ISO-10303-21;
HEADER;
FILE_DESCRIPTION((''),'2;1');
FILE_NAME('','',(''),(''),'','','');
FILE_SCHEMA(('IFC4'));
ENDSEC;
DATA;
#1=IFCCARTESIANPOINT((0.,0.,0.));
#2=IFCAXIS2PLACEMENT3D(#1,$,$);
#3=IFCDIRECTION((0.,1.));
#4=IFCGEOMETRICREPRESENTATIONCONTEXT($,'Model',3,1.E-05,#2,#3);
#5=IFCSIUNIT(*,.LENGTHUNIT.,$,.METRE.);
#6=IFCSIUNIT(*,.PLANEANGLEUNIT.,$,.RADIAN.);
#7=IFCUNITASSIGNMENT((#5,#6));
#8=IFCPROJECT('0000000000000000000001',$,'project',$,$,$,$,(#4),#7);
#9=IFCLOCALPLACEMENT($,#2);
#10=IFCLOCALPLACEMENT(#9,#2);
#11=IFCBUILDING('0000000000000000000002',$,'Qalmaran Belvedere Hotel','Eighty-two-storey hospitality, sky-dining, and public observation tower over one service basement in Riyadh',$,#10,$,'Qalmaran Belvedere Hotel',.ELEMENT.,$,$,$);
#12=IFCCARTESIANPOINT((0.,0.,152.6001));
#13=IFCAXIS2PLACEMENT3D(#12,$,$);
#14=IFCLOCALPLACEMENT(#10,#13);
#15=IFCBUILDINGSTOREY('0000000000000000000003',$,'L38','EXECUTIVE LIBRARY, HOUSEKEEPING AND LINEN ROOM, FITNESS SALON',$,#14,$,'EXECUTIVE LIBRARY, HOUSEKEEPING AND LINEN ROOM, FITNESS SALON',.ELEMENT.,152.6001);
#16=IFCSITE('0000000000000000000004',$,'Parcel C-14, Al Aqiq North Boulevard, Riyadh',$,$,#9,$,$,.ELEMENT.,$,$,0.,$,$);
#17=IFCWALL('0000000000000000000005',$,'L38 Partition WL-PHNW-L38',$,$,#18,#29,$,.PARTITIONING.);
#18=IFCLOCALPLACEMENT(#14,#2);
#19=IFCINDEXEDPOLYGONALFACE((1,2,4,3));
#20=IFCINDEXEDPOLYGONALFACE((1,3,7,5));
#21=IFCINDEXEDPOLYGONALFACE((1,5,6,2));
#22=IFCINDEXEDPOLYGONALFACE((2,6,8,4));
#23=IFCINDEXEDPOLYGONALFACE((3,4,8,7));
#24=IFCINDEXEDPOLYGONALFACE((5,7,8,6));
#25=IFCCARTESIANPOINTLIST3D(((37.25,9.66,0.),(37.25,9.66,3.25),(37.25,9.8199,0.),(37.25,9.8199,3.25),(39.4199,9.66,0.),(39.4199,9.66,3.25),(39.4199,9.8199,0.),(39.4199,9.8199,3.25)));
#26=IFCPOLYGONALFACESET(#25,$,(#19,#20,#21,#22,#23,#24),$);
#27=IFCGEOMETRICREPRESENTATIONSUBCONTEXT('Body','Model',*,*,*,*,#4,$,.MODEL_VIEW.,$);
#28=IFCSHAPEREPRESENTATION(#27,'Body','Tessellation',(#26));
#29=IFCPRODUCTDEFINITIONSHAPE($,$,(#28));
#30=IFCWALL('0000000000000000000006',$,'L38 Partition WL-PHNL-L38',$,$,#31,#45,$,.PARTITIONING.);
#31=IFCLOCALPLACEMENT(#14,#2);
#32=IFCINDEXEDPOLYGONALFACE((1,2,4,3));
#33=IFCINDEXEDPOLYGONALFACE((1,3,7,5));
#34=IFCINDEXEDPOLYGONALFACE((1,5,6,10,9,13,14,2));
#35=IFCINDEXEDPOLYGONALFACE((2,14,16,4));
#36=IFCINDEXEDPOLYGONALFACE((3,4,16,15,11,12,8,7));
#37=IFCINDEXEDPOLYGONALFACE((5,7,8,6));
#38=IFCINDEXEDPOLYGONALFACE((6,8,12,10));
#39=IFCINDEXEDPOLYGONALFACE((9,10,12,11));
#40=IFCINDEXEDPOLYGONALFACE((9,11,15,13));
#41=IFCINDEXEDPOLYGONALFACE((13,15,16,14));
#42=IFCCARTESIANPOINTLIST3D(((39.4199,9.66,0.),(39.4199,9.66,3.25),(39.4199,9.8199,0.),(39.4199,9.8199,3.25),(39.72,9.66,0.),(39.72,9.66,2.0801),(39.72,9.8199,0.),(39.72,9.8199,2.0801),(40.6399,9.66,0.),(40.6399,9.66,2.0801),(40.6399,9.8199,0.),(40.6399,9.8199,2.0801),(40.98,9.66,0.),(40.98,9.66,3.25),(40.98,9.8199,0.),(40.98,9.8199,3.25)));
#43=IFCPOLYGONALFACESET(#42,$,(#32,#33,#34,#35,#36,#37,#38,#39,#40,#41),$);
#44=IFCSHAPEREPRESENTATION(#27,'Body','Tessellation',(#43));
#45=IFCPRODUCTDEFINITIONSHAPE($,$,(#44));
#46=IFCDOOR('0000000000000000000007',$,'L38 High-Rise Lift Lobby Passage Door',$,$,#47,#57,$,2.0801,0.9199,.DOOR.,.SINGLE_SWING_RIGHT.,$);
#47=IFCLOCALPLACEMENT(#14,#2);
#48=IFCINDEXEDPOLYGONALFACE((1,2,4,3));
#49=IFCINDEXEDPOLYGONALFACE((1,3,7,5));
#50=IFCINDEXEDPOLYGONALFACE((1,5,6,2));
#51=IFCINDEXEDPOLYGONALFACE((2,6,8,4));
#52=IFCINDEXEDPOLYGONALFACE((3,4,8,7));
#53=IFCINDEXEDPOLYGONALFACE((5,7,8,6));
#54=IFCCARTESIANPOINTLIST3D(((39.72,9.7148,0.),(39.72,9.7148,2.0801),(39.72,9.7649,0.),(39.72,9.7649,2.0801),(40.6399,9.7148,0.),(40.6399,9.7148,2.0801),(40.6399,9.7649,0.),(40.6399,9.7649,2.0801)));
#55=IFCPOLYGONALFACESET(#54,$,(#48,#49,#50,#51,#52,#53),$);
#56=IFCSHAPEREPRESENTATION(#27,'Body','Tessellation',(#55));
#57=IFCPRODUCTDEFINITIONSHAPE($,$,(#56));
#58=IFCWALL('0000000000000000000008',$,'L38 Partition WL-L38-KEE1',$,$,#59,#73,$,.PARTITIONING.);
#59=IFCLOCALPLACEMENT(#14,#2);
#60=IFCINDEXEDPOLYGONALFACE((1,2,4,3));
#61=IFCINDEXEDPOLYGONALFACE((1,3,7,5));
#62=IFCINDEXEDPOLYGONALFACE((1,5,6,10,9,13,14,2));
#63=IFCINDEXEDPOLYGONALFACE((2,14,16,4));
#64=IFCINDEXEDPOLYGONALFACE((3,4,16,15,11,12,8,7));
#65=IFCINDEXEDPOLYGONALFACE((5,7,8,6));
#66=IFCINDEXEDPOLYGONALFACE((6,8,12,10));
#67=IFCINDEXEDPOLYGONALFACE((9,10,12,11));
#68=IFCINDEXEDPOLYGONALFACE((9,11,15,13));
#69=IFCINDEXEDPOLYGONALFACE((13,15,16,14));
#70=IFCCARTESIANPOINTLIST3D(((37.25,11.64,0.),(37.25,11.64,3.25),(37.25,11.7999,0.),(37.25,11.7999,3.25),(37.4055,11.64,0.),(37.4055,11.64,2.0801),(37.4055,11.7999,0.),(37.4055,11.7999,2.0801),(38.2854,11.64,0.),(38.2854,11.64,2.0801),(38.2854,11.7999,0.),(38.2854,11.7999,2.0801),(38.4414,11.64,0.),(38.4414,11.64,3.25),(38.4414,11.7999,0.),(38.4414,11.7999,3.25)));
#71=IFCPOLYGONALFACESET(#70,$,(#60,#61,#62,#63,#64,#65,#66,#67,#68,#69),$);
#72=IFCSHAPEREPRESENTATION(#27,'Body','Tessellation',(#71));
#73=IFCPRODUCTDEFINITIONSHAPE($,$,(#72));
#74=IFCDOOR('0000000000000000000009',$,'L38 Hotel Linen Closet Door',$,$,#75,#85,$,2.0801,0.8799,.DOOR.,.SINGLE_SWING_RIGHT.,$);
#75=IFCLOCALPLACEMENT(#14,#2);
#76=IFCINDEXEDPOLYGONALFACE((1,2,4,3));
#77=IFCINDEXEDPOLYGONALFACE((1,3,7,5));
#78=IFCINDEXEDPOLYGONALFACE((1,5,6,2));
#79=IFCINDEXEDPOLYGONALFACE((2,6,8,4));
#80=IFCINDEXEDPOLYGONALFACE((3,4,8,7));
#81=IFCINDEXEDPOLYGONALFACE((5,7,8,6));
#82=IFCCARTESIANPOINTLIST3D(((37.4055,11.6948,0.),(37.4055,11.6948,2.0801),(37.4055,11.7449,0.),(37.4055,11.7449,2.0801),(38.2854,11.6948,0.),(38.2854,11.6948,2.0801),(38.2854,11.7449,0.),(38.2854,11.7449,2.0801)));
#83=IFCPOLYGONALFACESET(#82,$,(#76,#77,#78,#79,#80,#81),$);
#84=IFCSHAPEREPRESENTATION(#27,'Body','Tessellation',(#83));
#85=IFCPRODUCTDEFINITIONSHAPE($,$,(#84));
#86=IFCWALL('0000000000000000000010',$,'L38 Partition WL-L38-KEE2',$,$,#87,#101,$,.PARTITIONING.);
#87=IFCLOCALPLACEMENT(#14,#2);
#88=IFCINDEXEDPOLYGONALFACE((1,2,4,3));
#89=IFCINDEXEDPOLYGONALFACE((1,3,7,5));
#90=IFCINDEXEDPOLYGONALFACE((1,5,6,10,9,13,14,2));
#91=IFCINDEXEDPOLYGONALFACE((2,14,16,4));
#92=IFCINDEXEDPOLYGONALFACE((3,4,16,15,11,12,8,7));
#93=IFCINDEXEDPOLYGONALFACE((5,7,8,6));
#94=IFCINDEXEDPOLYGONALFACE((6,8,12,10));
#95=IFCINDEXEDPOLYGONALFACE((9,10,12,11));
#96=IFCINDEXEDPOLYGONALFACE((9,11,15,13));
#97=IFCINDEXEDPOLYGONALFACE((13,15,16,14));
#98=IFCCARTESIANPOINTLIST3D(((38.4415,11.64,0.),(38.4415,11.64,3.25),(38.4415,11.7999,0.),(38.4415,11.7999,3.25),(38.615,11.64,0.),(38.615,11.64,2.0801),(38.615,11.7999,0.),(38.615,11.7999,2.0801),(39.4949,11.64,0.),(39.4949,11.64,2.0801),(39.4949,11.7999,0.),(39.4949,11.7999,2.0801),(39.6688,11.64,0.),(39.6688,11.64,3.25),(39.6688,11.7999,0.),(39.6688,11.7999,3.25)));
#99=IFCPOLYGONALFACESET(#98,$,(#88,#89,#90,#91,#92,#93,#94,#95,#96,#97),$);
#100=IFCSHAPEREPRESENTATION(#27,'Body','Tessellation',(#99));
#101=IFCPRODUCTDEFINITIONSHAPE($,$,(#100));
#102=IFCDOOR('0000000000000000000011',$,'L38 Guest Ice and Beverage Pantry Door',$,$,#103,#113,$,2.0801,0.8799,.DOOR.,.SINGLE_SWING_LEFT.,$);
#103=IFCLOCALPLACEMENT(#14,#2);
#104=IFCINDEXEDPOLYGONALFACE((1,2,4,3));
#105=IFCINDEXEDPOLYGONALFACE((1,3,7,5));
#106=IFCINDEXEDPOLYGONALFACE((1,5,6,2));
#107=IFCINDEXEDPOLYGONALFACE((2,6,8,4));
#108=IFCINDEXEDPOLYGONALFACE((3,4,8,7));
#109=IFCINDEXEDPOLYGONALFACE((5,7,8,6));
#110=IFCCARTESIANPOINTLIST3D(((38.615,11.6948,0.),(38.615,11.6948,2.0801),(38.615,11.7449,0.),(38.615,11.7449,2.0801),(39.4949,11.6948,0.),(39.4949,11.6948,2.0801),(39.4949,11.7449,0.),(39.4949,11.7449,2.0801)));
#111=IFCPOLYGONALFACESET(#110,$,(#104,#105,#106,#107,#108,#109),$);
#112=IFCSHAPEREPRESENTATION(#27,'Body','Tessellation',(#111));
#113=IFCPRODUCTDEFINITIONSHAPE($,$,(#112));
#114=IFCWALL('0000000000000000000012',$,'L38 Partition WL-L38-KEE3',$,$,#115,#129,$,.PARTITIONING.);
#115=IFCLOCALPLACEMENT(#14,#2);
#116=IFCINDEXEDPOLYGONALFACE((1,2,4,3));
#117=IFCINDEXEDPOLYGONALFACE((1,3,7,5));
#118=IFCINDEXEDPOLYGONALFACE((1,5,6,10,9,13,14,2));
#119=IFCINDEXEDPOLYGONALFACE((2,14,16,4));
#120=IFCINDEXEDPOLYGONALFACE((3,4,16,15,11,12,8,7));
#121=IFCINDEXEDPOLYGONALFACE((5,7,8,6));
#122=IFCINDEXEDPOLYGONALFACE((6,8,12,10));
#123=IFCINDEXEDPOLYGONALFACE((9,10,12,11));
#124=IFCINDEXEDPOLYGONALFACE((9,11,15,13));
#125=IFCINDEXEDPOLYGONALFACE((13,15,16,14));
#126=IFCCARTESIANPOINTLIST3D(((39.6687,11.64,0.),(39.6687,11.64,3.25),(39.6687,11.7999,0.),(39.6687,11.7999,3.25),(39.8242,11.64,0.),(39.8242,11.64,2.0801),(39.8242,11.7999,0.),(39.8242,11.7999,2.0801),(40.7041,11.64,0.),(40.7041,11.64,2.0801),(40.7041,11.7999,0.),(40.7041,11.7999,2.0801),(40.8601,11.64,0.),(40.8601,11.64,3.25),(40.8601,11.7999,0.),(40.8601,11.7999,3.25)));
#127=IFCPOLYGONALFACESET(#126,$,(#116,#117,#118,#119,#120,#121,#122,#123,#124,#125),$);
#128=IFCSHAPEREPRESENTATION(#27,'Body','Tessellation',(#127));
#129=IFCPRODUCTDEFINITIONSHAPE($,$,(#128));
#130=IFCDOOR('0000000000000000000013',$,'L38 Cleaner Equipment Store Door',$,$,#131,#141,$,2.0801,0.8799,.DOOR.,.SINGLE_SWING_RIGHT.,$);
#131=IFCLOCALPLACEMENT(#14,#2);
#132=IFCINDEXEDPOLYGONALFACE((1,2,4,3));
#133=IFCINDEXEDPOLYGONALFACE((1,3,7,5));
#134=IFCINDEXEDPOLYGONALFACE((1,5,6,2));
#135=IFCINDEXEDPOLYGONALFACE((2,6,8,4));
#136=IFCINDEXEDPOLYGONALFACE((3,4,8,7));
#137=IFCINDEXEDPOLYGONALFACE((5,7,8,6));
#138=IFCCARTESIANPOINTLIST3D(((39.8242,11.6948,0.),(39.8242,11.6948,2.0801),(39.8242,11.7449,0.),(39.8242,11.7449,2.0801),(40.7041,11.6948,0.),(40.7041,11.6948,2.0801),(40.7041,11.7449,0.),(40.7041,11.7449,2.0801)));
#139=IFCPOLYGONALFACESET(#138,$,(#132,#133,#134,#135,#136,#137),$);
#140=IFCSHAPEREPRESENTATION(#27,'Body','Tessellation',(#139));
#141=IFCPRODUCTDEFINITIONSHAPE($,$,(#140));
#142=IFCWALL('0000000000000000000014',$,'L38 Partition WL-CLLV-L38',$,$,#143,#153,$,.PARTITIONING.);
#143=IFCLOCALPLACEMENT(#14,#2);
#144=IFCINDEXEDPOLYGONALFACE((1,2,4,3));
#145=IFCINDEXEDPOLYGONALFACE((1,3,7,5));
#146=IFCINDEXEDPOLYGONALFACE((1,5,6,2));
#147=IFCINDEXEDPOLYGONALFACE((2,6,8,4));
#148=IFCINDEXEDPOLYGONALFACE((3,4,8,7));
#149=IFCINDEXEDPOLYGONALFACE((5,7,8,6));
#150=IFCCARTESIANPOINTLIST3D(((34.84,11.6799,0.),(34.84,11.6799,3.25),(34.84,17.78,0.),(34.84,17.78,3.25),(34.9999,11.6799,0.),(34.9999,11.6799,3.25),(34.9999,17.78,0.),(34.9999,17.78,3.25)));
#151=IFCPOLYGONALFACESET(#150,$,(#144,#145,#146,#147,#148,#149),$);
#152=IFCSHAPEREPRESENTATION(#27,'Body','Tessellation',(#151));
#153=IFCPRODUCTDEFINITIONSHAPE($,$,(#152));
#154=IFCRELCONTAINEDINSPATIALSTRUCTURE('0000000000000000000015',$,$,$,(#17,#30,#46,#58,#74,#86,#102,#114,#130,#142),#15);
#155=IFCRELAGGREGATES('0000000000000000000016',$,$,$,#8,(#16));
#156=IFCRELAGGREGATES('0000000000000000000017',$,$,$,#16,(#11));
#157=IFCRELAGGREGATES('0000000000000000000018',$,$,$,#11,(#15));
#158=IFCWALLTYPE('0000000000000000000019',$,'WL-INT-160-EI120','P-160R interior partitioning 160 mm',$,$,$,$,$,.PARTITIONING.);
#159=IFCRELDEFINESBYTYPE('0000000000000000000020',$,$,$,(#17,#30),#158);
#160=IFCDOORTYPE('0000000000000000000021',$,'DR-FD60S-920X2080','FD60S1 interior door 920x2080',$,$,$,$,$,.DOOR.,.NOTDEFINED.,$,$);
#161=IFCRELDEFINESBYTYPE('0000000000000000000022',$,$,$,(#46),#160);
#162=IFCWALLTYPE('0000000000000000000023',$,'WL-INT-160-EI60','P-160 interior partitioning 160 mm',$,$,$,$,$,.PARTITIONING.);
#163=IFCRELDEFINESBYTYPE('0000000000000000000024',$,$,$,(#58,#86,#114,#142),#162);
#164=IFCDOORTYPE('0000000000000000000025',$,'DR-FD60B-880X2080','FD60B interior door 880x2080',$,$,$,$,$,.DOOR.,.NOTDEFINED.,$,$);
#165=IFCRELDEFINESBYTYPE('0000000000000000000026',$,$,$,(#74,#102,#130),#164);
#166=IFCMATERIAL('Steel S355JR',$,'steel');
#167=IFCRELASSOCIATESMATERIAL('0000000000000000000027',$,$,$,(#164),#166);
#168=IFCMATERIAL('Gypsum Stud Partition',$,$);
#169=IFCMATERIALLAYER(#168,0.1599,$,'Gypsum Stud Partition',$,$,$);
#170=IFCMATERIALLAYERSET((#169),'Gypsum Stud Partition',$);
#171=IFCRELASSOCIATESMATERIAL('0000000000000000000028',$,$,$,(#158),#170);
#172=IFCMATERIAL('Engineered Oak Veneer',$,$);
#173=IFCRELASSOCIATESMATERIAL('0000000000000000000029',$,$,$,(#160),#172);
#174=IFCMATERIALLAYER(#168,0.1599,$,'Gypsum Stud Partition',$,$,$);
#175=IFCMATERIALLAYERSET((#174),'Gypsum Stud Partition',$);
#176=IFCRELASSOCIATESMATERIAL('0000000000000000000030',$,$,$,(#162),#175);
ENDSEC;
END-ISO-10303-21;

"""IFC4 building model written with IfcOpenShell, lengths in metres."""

from ifc_helpers import new_model, si_unit, direction, frame, frame_2d, origin, place, context, subcontext, project, spatial, rectangle, extrude, material, layer, layer_set, type_object, element, fill, save


model = new_model("IFC4")

# Units and contexts
model_context = context("Model", 3, precision=1e-05, world=origin(), true_north=direction((0.0, 1.0)))
body_context = subcontext(model_context, "Body", "Model", "MODEL_VIEW")
ifc_project = project(units=[si_unit("LENGTHUNIT", "METRE"), si_unit("PLANEANGLEUNIT", "RADIAN")], contexts=[model_context])

# Site, building, storey
site_placement = place(None, origin())
site = spatial("IfcSite", under=ifc_project, at=site_placement, Name="Parcel C-14, Al Aqiq North Boulevard, Riyadh", CompositionType="ELEMENT", RefElevation=0.0)
building_placement = place(site_placement, origin())
building = spatial("IfcBuilding", under=site, at=building_placement, Name="Qalmaran Belvedere Hotel", Description="Eighty-two-storey hospitality, sky-dining, and public observation tower over one service basement in Riyadh", LongName="Qalmaran Belvedere Hotel", CompositionType="ELEMENT")
storey_placement = place(building_placement, frame((0.0, 0.0, 152.6001)))
storey = spatial("IfcBuildingStorey", under=building, at=storey_placement, Name="L38", Description="EXECUTIVE LIBRARY, HOUSEKEEPING AND LINEN ROOM, FITNESS SALON", LongName="EXECUTIVE LIBRARY, HOUSEKEEPING AND LINEN ROOM, FITNESS SALON", CompositionType="ELEMENT", Elevation=152.6001)

# Shared definitions
ifc_material_1 = material(Name="Steel S355JR", Category="steel")

# Shared definitions
ifc_material_2 = material(Name="Gypsum Stud Partition")

# Shared definitions
door_type_1 = type_object("IfcDoorType", Name="DR-FD60B-880X2080", Description="FD60B interior door 880x2080", OperationType="NOTDEFINED", PredefinedType="DOOR", material=ifc_material_1)

# Shared definitions
ifc_layer_1 = layer(ifc_material_2, 0.1599, Name="Gypsum Stud Partition")
ifc_layer_set_1 = layer_set([ifc_layer_1], Name="Gypsum Stud Partition")
wall_type_1 = type_object("IfcWallType", Name="WL-INT-160-EI120", Description="P-160R interior partitioning 160 mm", PredefinedType="PARTITIONING", material=ifc_layer_set_1)

# Wall
wall_1_placement = place(storey_placement, frame((37.25, 9.74, 0.0), z_axis=(0.0, 0.0, 1.0), x_axis=(1.0, 0.0, 0.0)))
element("IfcWall", 1, at=wall_1_placement, inside=storey, type_object=wall_type_1, Name="L38 Partition WL-PHNW-L38", PredefinedType="PARTITIONING", context=body_context, shape_type="SweptSolid", body=[
    extrude(rectangle(XDim=2.1699, YDim=0.1599, at=frame_2d((1.085, 0.0))), origin(), (0.0, 0.0, 1.0), 3.25),
])

# Walls, openings, doors
wall_2_placement = place(storey_placement, frame((39.4199, 9.74, 0.0), z_axis=(0.0, 0.0, 1.0), x_axis=(1.0, 0.0, 0.0)))
wall_2 = element("IfcWall", 2, at=wall_2_placement, inside=storey, type_object=wall_type_1, Name="L38 Partition WL-PHNL-L38", PredefinedType="PARTITIONING", context=body_context, shape_type="SweptSolid", body=[
    extrude(rectangle(XDim=1.5601, YDim=0.1599, at=frame_2d((0.78, 0.0))), origin(), (0.0, 0.0, 1.0), 3.25),
])
opening_1_placement = place(wall_2_placement, frame((0.3, 0.0, 0.0)))
opening_1 = element("IfcOpeningElement", 3, at=opening_1_placement, cuts=wall_2, PredefinedType="OPENING", context=body_context, shape_type="SweptSolid", body=[
    extrude(rectangle(XDim=0.9199, YDim=2.0801, at=frame_2d((0.46, 1.04))), frame((0.0, 0.0898, 0.0), z_axis=(0.0, -1.0, 0.0), x_axis=(1.0, 0.0, 0.0)), (0.0, 0.0, 1.0), 0.1799),
])
ifc_material_3 = material(Name="Engineered Oak Veneer")
door_type_2 = type_object("IfcDoorType", Name="DR-FD60S-920X2080", Description="FD60S1 interior door 920x2080", OperationType="NOTDEFINED", PredefinedType="DOOR", material=ifc_material_3)
door_1_placement = place(opening_1_placement, origin())
door_1 = element("IfcDoor", 4, at=door_1_placement, inside=storey, type_object=door_type_2, Name="L38 High-Rise Lift Lobby Passage Door", OperationType="SINGLE_SWING_RIGHT", OverallHeight=2.0801, OverallWidth=0.9199, PredefinedType="DOOR", context=body_context, shape_type="SweptSolid", body=[
    extrude(rectangle(XDim=0.9199, YDim=2.0801, at=frame_2d((0.46, 1.04))), frame((0.0, 0.0249, 0.0), z_axis=(0.0, -1.0, 0.0), x_axis=(1.0, 0.0, 0.0)), (0.0, 0.0, 1.0), 0.05),
])
fill(opening_1, door_1)
ifc_layer_2 = layer(ifc_material_2, 0.1599, Name="Gypsum Stud Partition")
ifc_layer_set_2 = layer_set([ifc_layer_2], Name="Gypsum Stud Partition")
wall_type_2 = type_object("IfcWallType", Name="WL-INT-160-EI60", Description="P-160 interior partitioning 160 mm", PredefinedType="PARTITIONING", material=ifc_layer_set_2)
wall_3_placement = place(storey_placement, frame((37.25, 11.72, 0.0), z_axis=(0.0, 0.0, 1.0), x_axis=(1.0, 0.0, 0.0)))
wall_3 = element("IfcWall", 5, at=wall_3_placement, inside=storey, type_object=wall_type_2, Name="L38 Partition WL-L38-KEE1", PredefinedType="PARTITIONING", context=body_context, shape_type="SweptSolid", body=[
    extrude(rectangle(XDim=1.1914, YDim=0.1599, at=frame_2d((0.5957, 0.0))), origin(), (0.0, 0.0, 1.0), 3.25),
])
opening_2_placement = place(wall_3_placement, frame((0.1555, 0.0, 0.0)))
opening_2 = element("IfcOpeningElement", 6, at=opening_2_placement, cuts=wall_3, PredefinedType="OPENING", context=body_context, shape_type="SweptSolid", body=[
    extrude(rectangle(XDim=0.8799, YDim=2.0801, at=frame_2d((0.4399, 1.04))), frame((0.0, 0.0898, 0.0), z_axis=(0.0, -1.0, 0.0), x_axis=(1.0, 0.0, 0.0)), (0.0, 0.0, 1.0), 0.1799),
])
door_2_placement = place(opening_2_placement, origin())
door_2 = element("IfcDoor", 7, at=door_2_placement, inside=storey, type_object=door_type_1, Name="L38 Hotel Linen Closet Door", OperationType="SINGLE_SWING_RIGHT", OverallHeight=2.0801, OverallWidth=0.8799, PredefinedType="DOOR", context=body_context, shape_type="SweptSolid", body=[
    extrude(rectangle(XDim=0.8799, YDim=2.0801, at=frame_2d((0.4399, 1.04))), frame((0.0, 0.0249, 0.0), z_axis=(0.0, -1.0, 0.0), x_axis=(1.0, 0.0, 0.0)), (0.0, 0.0, 1.0), 0.05),
])
fill(opening_2, door_2)
wall_4_placement = place(storey_placement, frame((38.4414, 11.72, 0.0), z_axis=(0.0, 0.0, 1.0), x_axis=(1.0, 0.0, 0.0)))
wall_4 = element("IfcWall", 8, at=wall_4_placement, inside=storey, type_object=wall_type_2, Name="L38 Partition WL-L38-KEE2", PredefinedType="PARTITIONING", context=body_context, shape_type="SweptSolid", body=[
    extrude(rectangle(XDim=1.2273, YDim=0.1599, at=frame_2d((0.6138, 0.0))), origin(), (0.0, 0.0, 1.0), 3.25),
])
opening_3_placement = place(wall_4_placement, frame((0.1736, 0.0, 0.0)))
opening_3 = element("IfcOpeningElement", 9, at=opening_3_placement, cuts=wall_4, PredefinedType="OPENING", context=body_context, shape_type="SweptSolid", body=[
    extrude(rectangle(XDim=0.8799, YDim=2.0801, at=frame_2d((0.4399, 1.04))), frame((0.0, 0.0898, 0.0), z_axis=(0.0, -1.0, 0.0), x_axis=(1.0, 0.0, 0.0)), (0.0, 0.0, 1.0), 0.1799),
])
door_3_placement = place(opening_3_placement, origin())
door_3 = element("IfcDoor", 10, at=door_3_placement, inside=storey, type_object=door_type_1, Name="L38 Guest Ice and Beverage Pantry Door", OperationType="SINGLE_SWING_LEFT", OverallHeight=2.0801, OverallWidth=0.8799, PredefinedType="DOOR", context=body_context, shape_type="SweptSolid", body=[
    extrude(rectangle(XDim=0.8799, YDim=2.0801, at=frame_2d((0.4399, 1.04))), frame((0.0, 0.0249, 0.0), z_axis=(0.0, -1.0, 0.0), x_axis=(1.0, 0.0, 0.0)), (0.0, 0.0, 1.0), 0.05),
])
fill(opening_3, door_3)
wall_5_placement = place(storey_placement, frame((39.6687, 11.72, 0.0), z_axis=(0.0, 0.0, 1.0), x_axis=(1.0, 0.0, 0.0)))
wall_5 = element("IfcWall", 11, at=wall_5_placement, inside=storey, type_object=wall_type_2, Name="L38 Partition WL-L38-KEE3", PredefinedType="PARTITIONING", context=body_context, shape_type="SweptSolid", body=[
    extrude(rectangle(XDim=1.1914, YDim=0.1599, at=frame_2d((0.5957, 0.0))), origin(), (0.0, 0.0, 1.0), 3.25),
])
opening_4_placement = place(wall_5_placement, frame((0.1555, 0.0, 0.0)))
opening_4 = element("IfcOpeningElement", 12, at=opening_4_placement, cuts=wall_5, PredefinedType="OPENING", context=body_context, shape_type="SweptSolid", body=[
    extrude(rectangle(XDim=0.8799, YDim=2.0801, at=frame_2d((0.4399, 1.04))), frame((0.0, 0.0898, 0.0), z_axis=(0.0, -1.0, 0.0), x_axis=(1.0, 0.0, 0.0)), (0.0, 0.0, 1.0), 0.1799),
])
door_4_placement = place(opening_4_placement, origin())
door_4 = element("IfcDoor", 13, at=door_4_placement, inside=storey, type_object=door_type_1, Name="L38 Cleaner Equipment Store Door", OperationType="SINGLE_SWING_RIGHT", OverallHeight=2.0801, OverallWidth=0.8799, PredefinedType="DOOR", context=body_context, shape_type="SweptSolid", body=[
    extrude(rectangle(XDim=0.8799, YDim=2.0801, at=frame_2d((0.4399, 1.04))), frame((0.0, 0.0249, 0.0), z_axis=(0.0, -1.0, 0.0), x_axis=(1.0, 0.0, 0.0)), (0.0, 0.0, 1.0), 0.05),
])
fill(opening_4, door_4)

# Wall
wall_6_placement = place(storey_placement, frame((34.9199, 11.6799, 0.0), z_axis=(0.0, 0.0, 1.0), x_axis=(0.0, 1.0, 0.0)))
element("IfcWall", 14, at=wall_6_placement, inside=storey, type_object=wall_type_2, Name="L38 Partition WL-CLLV-L38", PredefinedType="PARTITIONING", context=body_context, shape_type="SweptSolid", body=[
    extrude(rectangle(XDim=6.1001, YDim=0.1599, at=frame_2d((3.05, 0.0))), origin(), (0.0, 0.0, 1.0), 3.25),
])

save(model, "model.ifc")
